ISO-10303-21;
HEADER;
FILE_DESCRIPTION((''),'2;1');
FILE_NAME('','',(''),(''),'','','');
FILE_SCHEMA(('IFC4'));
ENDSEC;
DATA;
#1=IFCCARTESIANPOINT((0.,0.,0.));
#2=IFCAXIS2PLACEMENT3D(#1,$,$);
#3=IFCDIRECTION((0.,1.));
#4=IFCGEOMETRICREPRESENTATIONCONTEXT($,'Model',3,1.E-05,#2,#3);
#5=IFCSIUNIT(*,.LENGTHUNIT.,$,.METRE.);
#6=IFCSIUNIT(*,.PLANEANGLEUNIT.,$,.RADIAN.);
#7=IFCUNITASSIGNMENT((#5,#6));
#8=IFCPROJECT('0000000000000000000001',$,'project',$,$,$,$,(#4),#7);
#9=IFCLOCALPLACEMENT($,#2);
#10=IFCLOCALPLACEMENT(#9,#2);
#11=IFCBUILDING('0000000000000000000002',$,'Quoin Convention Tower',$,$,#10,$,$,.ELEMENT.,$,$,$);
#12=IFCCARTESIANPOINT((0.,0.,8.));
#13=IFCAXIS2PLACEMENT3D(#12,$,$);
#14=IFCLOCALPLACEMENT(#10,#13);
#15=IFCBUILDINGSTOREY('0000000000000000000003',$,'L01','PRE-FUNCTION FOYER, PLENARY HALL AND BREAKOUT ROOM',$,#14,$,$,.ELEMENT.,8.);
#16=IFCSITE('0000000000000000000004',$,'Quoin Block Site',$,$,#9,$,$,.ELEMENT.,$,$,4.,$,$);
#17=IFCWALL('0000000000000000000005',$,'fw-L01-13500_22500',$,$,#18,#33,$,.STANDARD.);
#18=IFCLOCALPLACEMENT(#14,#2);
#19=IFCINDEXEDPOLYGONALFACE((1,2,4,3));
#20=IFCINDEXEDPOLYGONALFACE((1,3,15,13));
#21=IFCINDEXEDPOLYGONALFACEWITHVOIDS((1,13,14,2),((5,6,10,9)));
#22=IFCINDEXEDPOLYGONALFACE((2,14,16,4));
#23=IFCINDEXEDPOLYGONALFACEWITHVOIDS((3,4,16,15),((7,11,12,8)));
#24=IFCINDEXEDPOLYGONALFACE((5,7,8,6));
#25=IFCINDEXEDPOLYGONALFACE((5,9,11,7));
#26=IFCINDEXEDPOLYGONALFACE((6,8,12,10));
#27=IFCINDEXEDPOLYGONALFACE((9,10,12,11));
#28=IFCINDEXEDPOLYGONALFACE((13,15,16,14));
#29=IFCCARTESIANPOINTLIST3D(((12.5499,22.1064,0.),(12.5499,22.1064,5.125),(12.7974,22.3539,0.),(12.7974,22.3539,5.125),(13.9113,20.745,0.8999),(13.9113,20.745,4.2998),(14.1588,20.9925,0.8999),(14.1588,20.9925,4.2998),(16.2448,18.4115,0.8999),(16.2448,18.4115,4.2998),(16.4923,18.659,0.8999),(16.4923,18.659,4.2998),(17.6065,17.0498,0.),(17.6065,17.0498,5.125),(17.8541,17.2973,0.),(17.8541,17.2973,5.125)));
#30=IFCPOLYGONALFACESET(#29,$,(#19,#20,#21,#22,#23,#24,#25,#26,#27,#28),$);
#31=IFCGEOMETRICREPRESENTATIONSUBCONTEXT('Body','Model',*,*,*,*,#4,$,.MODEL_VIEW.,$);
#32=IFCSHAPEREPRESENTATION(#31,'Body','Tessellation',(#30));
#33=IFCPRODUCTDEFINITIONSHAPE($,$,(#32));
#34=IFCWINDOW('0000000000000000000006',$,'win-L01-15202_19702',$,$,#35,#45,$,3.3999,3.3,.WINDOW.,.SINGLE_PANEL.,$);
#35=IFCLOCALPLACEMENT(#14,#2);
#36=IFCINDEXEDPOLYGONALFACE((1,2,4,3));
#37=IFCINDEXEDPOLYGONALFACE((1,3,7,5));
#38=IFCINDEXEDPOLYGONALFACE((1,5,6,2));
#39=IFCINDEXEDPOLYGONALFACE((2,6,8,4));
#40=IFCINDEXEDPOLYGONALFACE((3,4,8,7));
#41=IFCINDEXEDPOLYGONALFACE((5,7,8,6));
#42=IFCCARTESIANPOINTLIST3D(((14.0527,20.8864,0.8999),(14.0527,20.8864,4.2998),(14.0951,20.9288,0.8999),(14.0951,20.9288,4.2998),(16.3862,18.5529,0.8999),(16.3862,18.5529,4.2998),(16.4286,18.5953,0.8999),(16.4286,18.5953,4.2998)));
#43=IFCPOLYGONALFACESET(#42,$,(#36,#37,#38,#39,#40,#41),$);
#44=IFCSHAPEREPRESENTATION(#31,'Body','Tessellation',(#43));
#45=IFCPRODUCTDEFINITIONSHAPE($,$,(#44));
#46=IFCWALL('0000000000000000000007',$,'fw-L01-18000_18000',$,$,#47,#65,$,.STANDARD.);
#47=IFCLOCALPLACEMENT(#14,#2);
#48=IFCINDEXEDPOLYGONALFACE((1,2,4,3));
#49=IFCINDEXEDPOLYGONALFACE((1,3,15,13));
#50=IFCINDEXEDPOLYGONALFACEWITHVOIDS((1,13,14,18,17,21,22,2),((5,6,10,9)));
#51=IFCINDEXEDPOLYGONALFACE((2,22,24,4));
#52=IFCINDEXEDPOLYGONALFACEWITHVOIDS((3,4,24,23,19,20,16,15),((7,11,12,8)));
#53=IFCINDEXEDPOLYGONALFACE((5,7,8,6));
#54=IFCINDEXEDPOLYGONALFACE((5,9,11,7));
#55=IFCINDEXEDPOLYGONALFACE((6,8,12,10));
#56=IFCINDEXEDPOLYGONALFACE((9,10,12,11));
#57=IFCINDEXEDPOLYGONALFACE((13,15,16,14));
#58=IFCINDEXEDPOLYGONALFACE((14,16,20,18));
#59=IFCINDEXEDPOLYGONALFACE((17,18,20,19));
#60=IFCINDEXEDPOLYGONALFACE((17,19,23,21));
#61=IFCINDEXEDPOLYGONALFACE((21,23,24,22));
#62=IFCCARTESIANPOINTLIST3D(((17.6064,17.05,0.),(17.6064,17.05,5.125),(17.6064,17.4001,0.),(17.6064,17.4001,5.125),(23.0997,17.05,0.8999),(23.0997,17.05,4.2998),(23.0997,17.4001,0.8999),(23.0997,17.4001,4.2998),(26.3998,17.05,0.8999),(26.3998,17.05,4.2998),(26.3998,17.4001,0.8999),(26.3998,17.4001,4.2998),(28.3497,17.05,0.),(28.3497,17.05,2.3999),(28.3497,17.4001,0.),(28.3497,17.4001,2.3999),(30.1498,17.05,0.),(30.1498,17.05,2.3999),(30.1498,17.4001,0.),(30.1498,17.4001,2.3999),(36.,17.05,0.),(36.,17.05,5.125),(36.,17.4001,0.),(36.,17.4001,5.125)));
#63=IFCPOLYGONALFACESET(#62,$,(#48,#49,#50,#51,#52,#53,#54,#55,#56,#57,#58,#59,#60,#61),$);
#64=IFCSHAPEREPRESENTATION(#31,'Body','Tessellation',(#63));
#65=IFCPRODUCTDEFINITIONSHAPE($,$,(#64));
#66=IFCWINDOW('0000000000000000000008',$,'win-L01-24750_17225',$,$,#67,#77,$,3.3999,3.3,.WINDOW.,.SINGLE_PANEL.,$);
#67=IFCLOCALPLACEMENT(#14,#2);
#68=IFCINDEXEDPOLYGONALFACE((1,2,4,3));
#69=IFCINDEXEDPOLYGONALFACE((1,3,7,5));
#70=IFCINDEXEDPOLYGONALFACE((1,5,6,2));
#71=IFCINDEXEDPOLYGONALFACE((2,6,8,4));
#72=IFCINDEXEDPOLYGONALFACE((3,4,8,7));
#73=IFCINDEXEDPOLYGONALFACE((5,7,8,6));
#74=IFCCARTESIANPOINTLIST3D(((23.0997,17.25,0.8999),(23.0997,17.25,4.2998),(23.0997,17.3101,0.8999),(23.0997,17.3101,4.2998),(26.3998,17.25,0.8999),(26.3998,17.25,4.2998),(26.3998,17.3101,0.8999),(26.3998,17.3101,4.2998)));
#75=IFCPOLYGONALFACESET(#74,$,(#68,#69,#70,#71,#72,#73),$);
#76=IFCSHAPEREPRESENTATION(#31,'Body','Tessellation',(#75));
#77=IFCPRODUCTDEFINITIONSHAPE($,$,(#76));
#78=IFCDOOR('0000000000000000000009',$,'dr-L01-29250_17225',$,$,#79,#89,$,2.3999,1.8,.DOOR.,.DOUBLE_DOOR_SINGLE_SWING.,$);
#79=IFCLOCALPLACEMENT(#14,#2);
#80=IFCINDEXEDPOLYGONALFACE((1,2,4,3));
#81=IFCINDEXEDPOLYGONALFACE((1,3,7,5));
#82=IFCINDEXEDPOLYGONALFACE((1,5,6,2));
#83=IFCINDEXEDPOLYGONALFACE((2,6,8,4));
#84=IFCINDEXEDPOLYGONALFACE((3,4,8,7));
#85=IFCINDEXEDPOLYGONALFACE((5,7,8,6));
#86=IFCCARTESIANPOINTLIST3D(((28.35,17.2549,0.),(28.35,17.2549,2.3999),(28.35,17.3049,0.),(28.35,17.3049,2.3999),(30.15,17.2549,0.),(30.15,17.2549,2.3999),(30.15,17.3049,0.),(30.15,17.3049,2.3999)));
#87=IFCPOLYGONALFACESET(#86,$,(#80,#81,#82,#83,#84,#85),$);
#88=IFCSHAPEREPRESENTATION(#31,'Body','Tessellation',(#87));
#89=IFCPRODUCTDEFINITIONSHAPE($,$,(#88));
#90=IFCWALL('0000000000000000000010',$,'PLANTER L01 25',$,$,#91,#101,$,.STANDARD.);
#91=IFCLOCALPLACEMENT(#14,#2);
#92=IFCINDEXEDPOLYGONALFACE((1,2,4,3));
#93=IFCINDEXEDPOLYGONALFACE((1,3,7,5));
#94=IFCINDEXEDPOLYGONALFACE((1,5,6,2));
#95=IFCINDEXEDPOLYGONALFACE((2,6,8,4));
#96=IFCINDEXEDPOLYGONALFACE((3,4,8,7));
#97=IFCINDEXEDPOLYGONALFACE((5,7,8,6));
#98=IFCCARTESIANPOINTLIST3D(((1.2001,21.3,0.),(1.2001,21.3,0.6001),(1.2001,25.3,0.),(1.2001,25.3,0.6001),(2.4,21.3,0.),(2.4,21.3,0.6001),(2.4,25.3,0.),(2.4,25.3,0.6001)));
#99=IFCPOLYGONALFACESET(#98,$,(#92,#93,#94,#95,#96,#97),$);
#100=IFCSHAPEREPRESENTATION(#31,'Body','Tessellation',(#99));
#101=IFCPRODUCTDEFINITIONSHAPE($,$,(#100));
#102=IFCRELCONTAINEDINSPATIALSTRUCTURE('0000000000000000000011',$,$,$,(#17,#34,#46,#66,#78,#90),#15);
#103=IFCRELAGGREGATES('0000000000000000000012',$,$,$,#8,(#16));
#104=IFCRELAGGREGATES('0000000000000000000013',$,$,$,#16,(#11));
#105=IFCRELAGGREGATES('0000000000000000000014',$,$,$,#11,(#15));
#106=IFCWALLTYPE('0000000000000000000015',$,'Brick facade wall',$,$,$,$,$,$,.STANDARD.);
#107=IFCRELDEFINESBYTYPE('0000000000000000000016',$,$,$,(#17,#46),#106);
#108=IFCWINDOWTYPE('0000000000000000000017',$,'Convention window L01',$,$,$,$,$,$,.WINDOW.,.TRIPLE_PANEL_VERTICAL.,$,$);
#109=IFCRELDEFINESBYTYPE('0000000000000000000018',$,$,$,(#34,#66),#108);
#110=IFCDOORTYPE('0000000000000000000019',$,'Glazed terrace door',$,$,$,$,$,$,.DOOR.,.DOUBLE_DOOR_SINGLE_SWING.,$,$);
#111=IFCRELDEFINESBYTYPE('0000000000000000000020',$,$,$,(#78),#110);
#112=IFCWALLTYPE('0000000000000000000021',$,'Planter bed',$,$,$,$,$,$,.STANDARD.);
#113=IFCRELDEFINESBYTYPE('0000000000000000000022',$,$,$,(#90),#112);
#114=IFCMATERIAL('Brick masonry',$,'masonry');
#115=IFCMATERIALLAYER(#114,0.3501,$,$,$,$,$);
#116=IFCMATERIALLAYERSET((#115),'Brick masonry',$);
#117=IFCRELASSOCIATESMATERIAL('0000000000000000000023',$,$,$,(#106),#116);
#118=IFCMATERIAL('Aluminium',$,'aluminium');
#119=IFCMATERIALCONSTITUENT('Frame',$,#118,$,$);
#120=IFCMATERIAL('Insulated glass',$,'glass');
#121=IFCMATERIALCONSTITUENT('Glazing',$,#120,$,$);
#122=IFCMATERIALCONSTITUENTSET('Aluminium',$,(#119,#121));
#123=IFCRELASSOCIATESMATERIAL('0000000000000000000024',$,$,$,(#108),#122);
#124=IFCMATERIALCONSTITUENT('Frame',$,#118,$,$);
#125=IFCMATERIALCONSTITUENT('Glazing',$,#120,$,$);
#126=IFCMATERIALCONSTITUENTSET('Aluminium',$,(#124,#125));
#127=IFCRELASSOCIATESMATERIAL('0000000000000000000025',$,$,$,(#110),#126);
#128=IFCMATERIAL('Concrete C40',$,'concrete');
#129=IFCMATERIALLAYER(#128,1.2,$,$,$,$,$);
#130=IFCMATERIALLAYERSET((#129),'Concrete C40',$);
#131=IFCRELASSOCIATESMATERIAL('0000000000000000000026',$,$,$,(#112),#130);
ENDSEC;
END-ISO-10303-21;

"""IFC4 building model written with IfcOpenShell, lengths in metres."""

from ifc_helpers import new_model, si_unit, direction, frame, frame_2d, origin, place, context, subcontext, project, spatial, rectangle, extrude, material, layer, layer_set, constituent, constituent_set, type_object, element, fill, save


model = new_model("IFC4")

# Units and contexts
model_context = context("Model", 3, precision=1e-05, world=origin(), true_north=direction((0.0, 1.0)))
body_context = subcontext(model_context, "Body", "Model", "MODEL_VIEW")
ifc_project = project(units=[si_unit("LENGTHUNIT", "METRE"), si_unit("PLANEANGLEUNIT", "RADIAN")], contexts=[model_context])

# Site, building, storey
site_placement = place(None, origin())
site = spatial("IfcSite", under=ifc_project, at=site_placement, Name="Quoin Block Site", CompositionType="ELEMENT", RefElevation=4.0)
building_placement = place(site_placement, origin())
building = spatial("IfcBuilding", under=site, at=building_placement, Name="Quoin Convention Tower", CompositionType="ELEMENT")
storey_placement = place(building_placement, frame((0.0, 0.0, 8.0)))
storey = spatial("IfcBuildingStorey", under=building, at=storey_placement, Name="L01", Description="PRE-FUNCTION FOYER, PLENARY HALL AND BREAKOUT ROOM", CompositionType="ELEMENT", Elevation=8.0)

# Shared definitions
ifc_material_1 = material(Name="Aluminium", Category="aluminium")
ifc_material_2 = material(Name="Insulated glass", Category="glass")

# Wall, opening, window
ifc_material_3 = material(Name="Brick masonry", Category="masonry")
ifc_layer_1 = layer(ifc_material_3, 0.3501)
ifc_layer_set_1 = layer_set([ifc_layer_1], Name="Brick masonry")
wall_type_1 = type_object("IfcWallType", Name="Brick facade wall", PredefinedType="STANDARD", material=ifc_layer_set_1)
wall_1_placement = place(storey_placement, frame((12.6736, 22.2302, 0.0), z_axis=(0.0, 0.0, 1.0), x_axis=(0.707107, -0.707107, 0.0)))
wall_1 = element("IfcWall", 1, at=wall_1_placement, inside=storey, type_object=wall_type_1, Name="fw-L01-13500_22500", PredefinedType="STANDARD", context=body_context, shape_type="SweptSolid", body=[
    extrude(rectangle(XDim=7.1511, YDim=0.3501, at=frame_2d((3.5757, 0.0))), origin(), (0.0, 0.0, 1.0), 5.125),
])
opening_1_placement = place(wall_1_placement, frame((1.9255, 0.0, 0.8999)))
opening_1 = element("IfcOpeningElement", 2, at=opening_1_placement, cuts=wall_1, PredefinedType="OPENING", context=body_context, shape_type="SweptSolid", body=[
    extrude(rectangle(XDim=3.3, YDim=3.3999, at=frame_2d((1.6499, 1.7))), frame((0.0, 0.1851, 0.0), z_axis=(0.0, -1.0, 0.0), x_axis=(1.0, 0.0, 0.0)), (0.0, 0.0, 1.0), 0.3701),
])
ifc_constituent_1 = constituent(ifc_material_1, Name="Frame")
ifc_constituent_2 = constituent(ifc_material_2, Name="Glazing")
ifc_constituent_set_1 = constituent_set(constituents=[ifc_constituent_1, ifc_constituent_2], Name="Aluminium")
window_type = type_object("IfcWindowType", Name="Convention window L01", PartitioningType="TRIPLE_PANEL_VERTICAL", PredefinedType="WINDOW", material=ifc_constituent_set_1)
window_1_placement = place(opening_1_placement, origin())
window_1 = element("IfcWindow", 3, at=window_1_placement, inside=storey, type_object=window_type, Name="win-L01-15202_19702", OverallHeight=3.3999, OverallWidth=3.3, PartitioningType="SINGLE_PANEL", PredefinedType="WINDOW", context=body_context, shape_type="SweptSolid", body=[
    extrude(rectangle(XDim=3.3, YDim=3.3999, at=frame_2d((1.6499, 1.7))), frame((0.0, 0.085, 0.0), z_axis=(0.0, -1.0, 0.0), x_axis=(1.0, 0.0, 0.0)), (0.0, 0.0, 1.0), 0.0601),
])
fill(opening_1, window_1)

# Wall, openings, window, door
wall_2_placement = place(storey_placement, frame((17.6064, 17.2251, 0.0), z_axis=(0.0, 0.0, 1.0), x_axis=(1.0, 0.0, 0.0)))
wall_2 = element("IfcWall", 4, at=wall_2_placement, inside=storey, type_object=wall_type_1, Name="fw-L01-18000_18000", PredefinedType="STANDARD", context=body_context, shape_type="SweptSolid", body=[
    extrude(rectangle(XDim=18.3936, YDim=0.3501, at=frame_2d((9.1968, 0.0))), origin(), (0.0, 0.0, 1.0), 5.125),
])
opening_2_placement = place(wall_2_placement, frame((5.4934, 0.0, 0.8999)))
opening_2 = element("IfcOpeningElement", 5, at=opening_2_placement, cuts=wall_2, PredefinedType="OPENING", context=body_context, shape_type="SweptSolid", body=[
    extrude(rectangle(XDim=3.3, YDim=3.3999, at=frame_2d((1.6499, 1.7))), frame((0.0, 0.1851, 0.0), z_axis=(0.0, -1.0, 0.0), x_axis=(1.0, 0.0, 0.0)), (0.0, 0.0, 1.0), 0.3701),
])
opening_3_placement = place(wall_2_placement, frame((10.7434, 0.0, 0.0)))
opening_3 = element("IfcOpeningElement", 6, at=opening_3_placement, cuts=wall_2, PredefinedType="OPENING", context=body_context, shape_type="SweptSolid", body=[
    extrude(rectangle(XDim=1.8, YDim=2.3999, at=frame_2d((0.8999, 1.2))), frame((0.0, 0.1851, 0.0), z_axis=(0.0, -1.0, 0.0), x_axis=(1.0, 0.0, 0.0)), (0.0, 0.0, 1.0), 0.3701),
])
window_2_placement = place(opening_2_placement, origin())
window_2 = element("IfcWindow", 7, at=window_2_placement, inside=storey, type_object=window_type, Name="win-L01-24750_17225", OverallHeight=3.3999, OverallWidth=3.3, PartitioningType="SINGLE_PANEL", PredefinedType="WINDOW", context=body_context, shape_type="SweptSolid", body=[
    extrude(rectangle(XDim=3.3, YDim=3.3999, at=frame_2d((1.6499, 1.7))), frame((0.0, 0.085, 0.0), z_axis=(0.0, -1.0, 0.0), x_axis=(1.0, 0.0, 0.0)), (0.0, 0.0, 1.0), 0.0601),
])
fill(opening_2, window_2)
ifc_constituent_3 = constituent(ifc_material_1, Name="Frame")
ifc_constituent_4 = constituent(ifc_material_2, Name="Glazing")
ifc_constituent_set_2 = constituent_set(constituents=[ifc_constituent_3, ifc_constituent_4], Name="Aluminium")
door_type = type_object("IfcDoorType", Name="Glazed terrace door", OperationType="DOUBLE_DOOR_SINGLE_SWING", PredefinedType="DOOR", material=ifc_constituent_set_2)
door_placement = place(opening_3_placement, frame((1.8, 0.0, 0.0), z_axis=(0.0, 0.0, 1.0), x_axis=(-1.0, 0.0, 0.0)))
door = element("IfcDoor", 8, at=door_placement, inside=storey, type_object=door_type, Name="dr-L01-29250_17225", OperationType="DOUBLE_DOOR_SINGLE_SWING", OverallHeight=2.3999, OverallWidth=1.8, PredefinedType="DOOR", context=body_context, shape_type="SweptSolid", body=[
    extrude(rectangle(XDim=1.8, YDim=2.3999, at=frame_2d((0.8999, 1.2))), frame((0.0, -0.0298, 0.0), z_axis=(0.0, -1.0, 0.0), x_axis=(1.0, 0.0, 0.0)), (0.0, 0.0, 1.0), 0.05),
])
fill(opening_3, door)

# Wall
ifc_material_4 = material(Name="Concrete C40", Category="concrete")
ifc_layer_2 = layer(ifc_material_4, 1.2)
ifc_layer_set_2 = layer_set([ifc_layer_2], Name="Concrete C40")
wall_type_2 = type_object("IfcWallType", Name="Planter bed", PredefinedType="STANDARD", material=ifc_layer_set_2)
wall_3_placement = place(storey_placement, frame((1.8, 21.3, 0.0), z_axis=(0.0, 0.0, 1.0), x_axis=(0.0, 1.0, 0.0)))
element("IfcWall", 9, at=wall_3_placement, inside=storey, type_object=wall_type_2, Name="PLANTER L01 25", PredefinedType="STANDARD", context=body_context, shape_type="SweptSolid", body=[
    extrude(rectangle(XDim=4.0, YDim=1.2, at=frame_2d((2.0, 0.0))), origin(), (0.0, 0.0, 1.0), 0.6001),
])

save(model, "model.ifc")
